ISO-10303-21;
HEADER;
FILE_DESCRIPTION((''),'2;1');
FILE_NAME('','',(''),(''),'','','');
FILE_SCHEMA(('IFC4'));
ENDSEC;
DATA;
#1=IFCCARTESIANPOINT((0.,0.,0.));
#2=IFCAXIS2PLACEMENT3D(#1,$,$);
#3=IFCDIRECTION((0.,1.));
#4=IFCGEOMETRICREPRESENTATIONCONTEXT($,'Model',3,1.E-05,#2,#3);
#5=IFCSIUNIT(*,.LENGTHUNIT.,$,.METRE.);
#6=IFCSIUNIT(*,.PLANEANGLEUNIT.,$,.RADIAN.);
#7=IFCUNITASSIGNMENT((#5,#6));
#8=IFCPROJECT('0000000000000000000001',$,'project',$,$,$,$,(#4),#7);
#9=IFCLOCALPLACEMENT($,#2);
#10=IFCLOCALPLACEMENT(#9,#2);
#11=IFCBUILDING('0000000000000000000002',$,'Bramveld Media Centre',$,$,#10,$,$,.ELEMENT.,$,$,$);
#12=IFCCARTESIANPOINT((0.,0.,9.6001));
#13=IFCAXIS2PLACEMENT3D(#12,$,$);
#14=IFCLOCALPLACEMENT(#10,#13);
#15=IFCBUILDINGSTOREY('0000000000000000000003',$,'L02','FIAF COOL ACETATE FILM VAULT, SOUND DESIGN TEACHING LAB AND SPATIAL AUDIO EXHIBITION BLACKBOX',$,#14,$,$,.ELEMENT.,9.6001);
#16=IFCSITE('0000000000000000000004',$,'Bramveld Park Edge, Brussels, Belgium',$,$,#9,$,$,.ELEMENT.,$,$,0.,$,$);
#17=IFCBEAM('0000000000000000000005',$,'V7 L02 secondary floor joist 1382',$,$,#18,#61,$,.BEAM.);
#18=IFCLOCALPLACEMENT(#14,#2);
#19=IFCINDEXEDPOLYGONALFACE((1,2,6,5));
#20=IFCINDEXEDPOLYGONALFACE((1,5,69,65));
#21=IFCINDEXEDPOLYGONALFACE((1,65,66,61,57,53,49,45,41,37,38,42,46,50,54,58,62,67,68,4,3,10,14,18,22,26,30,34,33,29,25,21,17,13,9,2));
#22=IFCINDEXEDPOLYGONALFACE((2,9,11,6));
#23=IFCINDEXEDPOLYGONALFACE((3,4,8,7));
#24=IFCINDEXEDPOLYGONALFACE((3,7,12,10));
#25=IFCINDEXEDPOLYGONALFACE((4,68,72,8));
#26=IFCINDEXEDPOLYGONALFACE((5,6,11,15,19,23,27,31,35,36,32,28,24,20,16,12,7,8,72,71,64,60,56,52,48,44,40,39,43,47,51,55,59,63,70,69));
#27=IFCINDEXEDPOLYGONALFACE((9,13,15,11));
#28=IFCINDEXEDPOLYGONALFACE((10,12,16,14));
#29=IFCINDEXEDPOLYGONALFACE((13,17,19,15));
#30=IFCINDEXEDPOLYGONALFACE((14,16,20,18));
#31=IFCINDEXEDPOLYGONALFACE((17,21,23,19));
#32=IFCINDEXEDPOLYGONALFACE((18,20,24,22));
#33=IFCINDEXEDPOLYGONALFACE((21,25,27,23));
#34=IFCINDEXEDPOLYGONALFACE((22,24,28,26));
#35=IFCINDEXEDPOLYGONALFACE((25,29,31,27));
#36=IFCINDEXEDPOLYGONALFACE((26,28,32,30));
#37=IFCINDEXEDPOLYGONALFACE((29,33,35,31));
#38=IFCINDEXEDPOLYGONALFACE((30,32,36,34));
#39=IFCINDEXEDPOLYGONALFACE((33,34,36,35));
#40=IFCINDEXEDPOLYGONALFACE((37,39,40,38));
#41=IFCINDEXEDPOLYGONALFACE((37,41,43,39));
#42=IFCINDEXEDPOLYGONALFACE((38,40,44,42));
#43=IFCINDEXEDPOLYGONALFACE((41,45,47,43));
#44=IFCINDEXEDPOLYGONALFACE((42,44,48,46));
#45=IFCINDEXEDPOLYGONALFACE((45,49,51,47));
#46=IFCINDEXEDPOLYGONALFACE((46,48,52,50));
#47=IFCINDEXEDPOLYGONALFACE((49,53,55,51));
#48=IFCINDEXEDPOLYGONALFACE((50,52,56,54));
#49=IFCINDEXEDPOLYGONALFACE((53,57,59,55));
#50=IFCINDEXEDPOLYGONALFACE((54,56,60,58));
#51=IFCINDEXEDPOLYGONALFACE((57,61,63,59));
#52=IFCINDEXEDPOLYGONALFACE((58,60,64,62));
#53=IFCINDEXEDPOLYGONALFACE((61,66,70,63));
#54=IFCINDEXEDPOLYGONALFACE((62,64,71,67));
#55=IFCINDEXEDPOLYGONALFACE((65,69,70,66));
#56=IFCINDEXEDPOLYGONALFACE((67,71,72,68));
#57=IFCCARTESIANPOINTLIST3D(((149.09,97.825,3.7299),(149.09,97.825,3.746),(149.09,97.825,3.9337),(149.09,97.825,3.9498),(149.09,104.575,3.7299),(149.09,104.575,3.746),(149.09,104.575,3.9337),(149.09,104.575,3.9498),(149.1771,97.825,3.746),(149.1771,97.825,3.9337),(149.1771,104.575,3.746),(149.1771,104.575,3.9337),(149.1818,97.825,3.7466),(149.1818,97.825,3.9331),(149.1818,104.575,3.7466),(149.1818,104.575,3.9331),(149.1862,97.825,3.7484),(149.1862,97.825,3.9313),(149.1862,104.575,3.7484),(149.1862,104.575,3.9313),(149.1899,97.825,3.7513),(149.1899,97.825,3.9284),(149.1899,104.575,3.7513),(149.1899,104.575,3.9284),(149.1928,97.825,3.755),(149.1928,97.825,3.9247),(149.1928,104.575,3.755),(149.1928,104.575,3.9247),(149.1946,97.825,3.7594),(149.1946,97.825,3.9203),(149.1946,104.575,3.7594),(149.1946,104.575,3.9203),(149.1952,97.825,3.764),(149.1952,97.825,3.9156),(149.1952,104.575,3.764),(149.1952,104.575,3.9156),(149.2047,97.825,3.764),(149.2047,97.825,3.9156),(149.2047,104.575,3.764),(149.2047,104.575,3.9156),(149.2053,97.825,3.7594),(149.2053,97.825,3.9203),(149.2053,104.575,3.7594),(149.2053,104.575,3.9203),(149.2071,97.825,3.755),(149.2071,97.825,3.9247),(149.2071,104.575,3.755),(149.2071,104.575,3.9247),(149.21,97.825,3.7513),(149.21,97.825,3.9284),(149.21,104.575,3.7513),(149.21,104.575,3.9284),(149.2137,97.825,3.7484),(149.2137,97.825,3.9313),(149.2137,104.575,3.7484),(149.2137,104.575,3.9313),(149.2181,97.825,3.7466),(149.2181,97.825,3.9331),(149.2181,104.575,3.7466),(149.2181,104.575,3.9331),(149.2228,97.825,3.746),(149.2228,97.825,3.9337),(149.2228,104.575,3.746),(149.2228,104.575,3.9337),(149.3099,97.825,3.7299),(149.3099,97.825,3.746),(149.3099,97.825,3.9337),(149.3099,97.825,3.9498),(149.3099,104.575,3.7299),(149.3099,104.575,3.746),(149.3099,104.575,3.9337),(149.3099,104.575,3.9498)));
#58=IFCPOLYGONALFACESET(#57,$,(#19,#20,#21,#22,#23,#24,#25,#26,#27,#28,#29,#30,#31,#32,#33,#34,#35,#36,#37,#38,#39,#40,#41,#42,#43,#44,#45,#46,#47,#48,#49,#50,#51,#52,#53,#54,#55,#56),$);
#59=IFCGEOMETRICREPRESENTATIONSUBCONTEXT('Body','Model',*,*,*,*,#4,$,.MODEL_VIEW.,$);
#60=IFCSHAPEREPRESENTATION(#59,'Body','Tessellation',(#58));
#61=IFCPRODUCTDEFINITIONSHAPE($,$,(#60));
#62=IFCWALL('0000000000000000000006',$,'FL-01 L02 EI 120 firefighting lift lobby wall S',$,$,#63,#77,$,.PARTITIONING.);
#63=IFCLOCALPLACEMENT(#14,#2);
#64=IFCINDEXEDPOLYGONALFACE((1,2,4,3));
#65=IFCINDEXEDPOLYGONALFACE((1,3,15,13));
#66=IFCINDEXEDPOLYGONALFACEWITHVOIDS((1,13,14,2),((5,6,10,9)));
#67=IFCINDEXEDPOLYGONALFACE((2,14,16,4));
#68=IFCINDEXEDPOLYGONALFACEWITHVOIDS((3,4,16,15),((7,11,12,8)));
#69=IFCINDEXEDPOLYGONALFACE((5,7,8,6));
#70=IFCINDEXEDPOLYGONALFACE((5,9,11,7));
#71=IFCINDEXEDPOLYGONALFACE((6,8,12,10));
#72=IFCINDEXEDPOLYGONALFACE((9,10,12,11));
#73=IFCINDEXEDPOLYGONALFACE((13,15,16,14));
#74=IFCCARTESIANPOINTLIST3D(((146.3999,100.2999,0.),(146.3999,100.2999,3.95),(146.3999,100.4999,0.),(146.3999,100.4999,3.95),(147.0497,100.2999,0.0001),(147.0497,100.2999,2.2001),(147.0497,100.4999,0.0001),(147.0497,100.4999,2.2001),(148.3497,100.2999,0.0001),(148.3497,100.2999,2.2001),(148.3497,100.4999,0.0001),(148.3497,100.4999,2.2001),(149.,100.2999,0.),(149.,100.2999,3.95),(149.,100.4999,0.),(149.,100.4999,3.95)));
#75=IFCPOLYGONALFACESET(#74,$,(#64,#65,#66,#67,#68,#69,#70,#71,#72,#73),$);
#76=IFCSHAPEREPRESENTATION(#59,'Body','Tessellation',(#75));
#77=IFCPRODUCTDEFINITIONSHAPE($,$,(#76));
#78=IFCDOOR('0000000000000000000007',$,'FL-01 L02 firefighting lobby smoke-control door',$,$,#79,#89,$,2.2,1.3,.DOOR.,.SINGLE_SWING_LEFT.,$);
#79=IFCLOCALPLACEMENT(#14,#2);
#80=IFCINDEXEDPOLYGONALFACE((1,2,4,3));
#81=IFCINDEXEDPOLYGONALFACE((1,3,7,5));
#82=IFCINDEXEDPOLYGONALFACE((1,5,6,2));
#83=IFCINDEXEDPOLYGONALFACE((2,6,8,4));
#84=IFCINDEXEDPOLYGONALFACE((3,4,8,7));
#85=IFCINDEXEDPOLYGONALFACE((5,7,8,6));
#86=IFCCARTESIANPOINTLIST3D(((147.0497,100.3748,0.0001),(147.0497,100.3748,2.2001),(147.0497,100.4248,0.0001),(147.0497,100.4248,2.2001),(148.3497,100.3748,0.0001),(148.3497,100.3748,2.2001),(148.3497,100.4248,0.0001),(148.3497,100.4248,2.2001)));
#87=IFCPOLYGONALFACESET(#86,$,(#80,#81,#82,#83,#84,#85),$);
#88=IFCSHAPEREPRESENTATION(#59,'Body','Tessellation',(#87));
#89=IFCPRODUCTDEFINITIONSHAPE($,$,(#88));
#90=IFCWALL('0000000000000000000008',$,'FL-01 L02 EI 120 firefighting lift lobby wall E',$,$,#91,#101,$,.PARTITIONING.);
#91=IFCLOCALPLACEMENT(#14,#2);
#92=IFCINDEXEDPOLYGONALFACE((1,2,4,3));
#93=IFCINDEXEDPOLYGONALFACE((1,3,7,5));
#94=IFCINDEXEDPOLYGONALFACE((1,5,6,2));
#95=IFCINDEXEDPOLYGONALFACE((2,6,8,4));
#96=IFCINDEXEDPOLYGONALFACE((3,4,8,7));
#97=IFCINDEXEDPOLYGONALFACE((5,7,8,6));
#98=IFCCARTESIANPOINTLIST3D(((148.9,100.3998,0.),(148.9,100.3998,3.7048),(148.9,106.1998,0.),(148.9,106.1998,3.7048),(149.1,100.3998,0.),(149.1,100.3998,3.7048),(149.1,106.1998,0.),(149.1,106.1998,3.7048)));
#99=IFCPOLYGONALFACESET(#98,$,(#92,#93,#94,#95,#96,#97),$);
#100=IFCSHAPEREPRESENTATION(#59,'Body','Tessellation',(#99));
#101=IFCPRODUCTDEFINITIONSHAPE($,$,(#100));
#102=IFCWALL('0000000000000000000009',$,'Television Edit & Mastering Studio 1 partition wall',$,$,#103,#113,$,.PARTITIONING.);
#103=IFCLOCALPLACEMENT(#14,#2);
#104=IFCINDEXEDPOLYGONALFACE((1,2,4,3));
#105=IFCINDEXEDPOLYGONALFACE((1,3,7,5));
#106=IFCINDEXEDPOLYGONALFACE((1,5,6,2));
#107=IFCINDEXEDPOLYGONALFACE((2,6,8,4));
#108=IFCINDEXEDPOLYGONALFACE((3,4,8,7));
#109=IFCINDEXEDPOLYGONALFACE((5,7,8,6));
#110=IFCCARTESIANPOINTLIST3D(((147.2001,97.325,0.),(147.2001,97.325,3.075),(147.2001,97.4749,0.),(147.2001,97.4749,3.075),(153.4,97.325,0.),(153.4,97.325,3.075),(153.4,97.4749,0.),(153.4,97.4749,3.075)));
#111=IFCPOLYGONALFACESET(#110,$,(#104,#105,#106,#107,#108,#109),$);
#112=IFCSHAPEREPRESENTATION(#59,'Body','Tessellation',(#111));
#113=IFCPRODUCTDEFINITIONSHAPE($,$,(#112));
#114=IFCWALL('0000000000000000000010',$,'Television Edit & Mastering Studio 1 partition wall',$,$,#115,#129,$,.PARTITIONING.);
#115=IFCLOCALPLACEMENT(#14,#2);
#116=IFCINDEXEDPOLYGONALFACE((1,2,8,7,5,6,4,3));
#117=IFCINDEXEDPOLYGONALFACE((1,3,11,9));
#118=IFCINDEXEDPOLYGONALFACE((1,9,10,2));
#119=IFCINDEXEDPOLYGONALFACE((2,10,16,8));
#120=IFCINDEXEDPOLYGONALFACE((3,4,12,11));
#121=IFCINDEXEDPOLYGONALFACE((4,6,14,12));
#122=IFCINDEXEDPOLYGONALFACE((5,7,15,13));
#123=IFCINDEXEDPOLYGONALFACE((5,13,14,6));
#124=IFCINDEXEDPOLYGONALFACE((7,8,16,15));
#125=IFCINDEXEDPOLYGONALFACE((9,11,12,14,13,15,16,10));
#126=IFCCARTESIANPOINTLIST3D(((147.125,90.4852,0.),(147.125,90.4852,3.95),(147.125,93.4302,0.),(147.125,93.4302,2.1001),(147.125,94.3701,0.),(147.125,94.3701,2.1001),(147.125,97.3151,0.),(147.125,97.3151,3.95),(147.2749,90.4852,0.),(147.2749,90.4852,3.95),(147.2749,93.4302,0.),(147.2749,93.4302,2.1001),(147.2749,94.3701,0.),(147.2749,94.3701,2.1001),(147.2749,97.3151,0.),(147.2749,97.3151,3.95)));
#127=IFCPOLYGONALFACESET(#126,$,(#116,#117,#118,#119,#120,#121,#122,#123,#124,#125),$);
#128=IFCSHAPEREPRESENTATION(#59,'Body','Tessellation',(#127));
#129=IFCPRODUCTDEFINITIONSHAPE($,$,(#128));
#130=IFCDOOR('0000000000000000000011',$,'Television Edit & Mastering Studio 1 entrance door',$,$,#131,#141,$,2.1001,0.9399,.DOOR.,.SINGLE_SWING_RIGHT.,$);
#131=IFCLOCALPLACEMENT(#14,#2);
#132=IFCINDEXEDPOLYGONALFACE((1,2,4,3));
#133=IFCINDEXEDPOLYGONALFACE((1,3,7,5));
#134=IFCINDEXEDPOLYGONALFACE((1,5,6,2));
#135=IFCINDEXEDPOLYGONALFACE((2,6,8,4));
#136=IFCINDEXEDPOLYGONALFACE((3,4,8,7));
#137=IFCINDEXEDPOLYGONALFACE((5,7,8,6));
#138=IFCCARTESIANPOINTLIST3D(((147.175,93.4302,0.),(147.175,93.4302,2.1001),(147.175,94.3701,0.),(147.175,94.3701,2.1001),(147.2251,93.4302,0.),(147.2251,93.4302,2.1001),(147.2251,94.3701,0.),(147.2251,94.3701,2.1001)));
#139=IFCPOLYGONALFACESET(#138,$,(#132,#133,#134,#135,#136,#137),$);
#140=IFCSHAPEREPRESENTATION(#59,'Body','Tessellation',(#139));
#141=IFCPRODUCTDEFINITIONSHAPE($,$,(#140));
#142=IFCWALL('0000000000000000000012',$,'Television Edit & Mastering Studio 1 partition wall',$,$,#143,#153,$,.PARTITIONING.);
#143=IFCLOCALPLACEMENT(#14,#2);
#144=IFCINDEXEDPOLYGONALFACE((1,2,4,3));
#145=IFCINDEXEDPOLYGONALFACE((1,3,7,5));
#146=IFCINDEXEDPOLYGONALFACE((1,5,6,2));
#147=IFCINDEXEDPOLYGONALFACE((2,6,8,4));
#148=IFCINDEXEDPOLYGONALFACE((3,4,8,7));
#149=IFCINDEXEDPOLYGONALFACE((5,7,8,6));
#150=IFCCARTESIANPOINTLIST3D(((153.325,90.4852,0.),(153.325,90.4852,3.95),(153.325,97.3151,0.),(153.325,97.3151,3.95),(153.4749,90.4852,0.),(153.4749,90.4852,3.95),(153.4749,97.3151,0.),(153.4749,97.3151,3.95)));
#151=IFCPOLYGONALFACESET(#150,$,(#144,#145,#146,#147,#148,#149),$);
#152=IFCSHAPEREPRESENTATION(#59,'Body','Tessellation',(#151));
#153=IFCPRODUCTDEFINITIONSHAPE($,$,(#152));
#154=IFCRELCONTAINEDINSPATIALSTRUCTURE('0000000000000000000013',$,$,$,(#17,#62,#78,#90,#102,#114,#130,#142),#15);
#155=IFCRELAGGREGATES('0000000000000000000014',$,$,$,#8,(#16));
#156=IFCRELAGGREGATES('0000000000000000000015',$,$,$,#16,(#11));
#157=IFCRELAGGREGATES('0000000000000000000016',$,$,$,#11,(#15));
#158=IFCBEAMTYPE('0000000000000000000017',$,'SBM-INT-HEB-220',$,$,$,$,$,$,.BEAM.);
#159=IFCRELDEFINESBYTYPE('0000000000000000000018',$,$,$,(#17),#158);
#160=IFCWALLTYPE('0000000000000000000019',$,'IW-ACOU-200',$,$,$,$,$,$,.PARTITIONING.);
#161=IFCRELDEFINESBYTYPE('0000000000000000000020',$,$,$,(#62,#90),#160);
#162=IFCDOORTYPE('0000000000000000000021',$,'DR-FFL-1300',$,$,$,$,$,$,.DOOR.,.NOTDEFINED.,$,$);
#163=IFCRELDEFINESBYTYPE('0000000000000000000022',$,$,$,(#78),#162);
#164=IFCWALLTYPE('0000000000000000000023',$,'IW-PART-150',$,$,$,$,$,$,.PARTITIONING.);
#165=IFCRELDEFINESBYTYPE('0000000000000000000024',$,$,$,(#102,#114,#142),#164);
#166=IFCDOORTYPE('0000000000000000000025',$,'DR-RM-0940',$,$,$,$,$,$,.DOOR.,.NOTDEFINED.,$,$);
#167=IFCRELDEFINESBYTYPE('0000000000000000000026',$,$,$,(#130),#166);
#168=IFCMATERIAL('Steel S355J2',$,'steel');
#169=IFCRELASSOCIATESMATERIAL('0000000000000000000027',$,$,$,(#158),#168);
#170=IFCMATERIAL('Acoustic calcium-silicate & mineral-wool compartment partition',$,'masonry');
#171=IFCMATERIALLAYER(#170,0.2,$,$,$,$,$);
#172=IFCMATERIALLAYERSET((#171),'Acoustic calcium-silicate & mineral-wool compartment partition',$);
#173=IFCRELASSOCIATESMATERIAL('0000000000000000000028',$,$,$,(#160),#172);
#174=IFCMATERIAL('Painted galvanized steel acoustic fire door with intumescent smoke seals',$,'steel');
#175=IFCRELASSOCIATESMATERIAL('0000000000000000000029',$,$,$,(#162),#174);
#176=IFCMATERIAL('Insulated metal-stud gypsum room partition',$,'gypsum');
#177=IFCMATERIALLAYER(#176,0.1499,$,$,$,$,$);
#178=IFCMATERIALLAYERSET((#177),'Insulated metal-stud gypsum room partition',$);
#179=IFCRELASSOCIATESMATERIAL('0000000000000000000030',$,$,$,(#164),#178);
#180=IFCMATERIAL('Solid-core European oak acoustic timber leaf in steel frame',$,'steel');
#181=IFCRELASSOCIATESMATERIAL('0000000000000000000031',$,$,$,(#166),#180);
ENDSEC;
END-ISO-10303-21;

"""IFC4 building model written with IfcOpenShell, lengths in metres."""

from ifc_helpers import new_model, si_unit, direction, frame, frame_2d, origin, origin_2d, place, context, subcontext, project, spatial, rectangle, i_section, extrude, material, layer, layer_set, material_profile, profile_set, type_object, element, fill, save


model = new_model("IFC4")

# Units and contexts
model_context = context("Model", 3, precision=1e-05, world=origin(), true_north=direction((0.0, 1.0)))
body_context = subcontext(model_context, "Body", "Model", "MODEL_VIEW")
ifc_project = project(units=[si_unit("LENGTHUNIT", "METRE"), si_unit("PLANEANGLEUNIT", "RADIAN")], contexts=[model_context])

# Site, building, storey
site_placement = place(None, origin())
site = spatial("IfcSite", under=ifc_project, at=site_placement, Name="Bramveld Park Edge, Brussels, Belgium", CompositionType="ELEMENT", RefElevation=0.0)
building_placement = place(site_placement, origin())
building = spatial("IfcBuilding", under=site, at=building_placement, Name="Bramveld Media Centre", CompositionType="ELEMENT")
storey_placement = place(building_placement, frame((0.0, 0.0, 9.6001)))
storey = spatial("IfcBuildingStorey", under=building, at=storey_placement, Name="L02", Description="FIAF COOL ACETATE FILM VAULT, SOUND DESIGN TEACHING LAB AND SPATIAL AUDIO EXHIBITION BLACKBOX", CompositionType="ELEMENT", Elevation=9.6001)

# Beam
ifc_material_1 = material(Name="Steel S355J2", Category="steel")
ifc_material_profile_1 = material_profile(ifc_material_1, i_section(OverallWidth=0.22, OverallDepth=0.22, WebThickness=0.0095, FlangeThickness=0.0161, FilletRadius=0.0181, at=origin_2d()), Name="HEB 220")
ifc_profile_set_1 = profile_set([ifc_material_profile_1], Name="Steel S355J2")
beam_type_1 = type_object("IfcBeamType", Name="SBM-INT-HEB-220", PredefinedType="BEAM", material=ifc_profile_set_1)
beam_1_placement = place(storey_placement, frame((149.2, 97.825, 3.8398), z_axis=(0.0, 1.0, 0.0), x_axis=(-1.0, 0.0, 0.0)))
element("IfcBeam", 1, at=beam_1_placement, inside=storey, type_object=beam_type_1, Name="V7 L02 secondary floor joist 1382", PredefinedType="BEAM", context=body_context, shape_type="SweptSolid", body=[
    extrude(i_section(OverallWidth=0.22, OverallDepth=0.22, WebThickness=0.0095, FlangeThickness=0.0161, FilletRadius=0.0181, at=origin_2d()), origin(), (0.0, 0.0, 1.0), 6.75),
])

# Wall, opening, door
ifc_material_2 = material(Name="Acoustic calcium-silicate & mineral-wool compartment partition", Category="masonry")
ifc_layer_1 = layer(ifc_material_2, 0.2)
ifc_layer_set_1 = layer_set([ifc_layer_1], Name="Acoustic calcium-silicate & mineral-wool compartment partition")
wall_type_1 = type_object("IfcWallType", Name="IW-ACOU-200", PredefinedType="PARTITIONING", material=ifc_layer_set_1)
wall_1_placement = place(storey_placement, frame((146.3999, 100.3999, 0.0), z_axis=(0.0, 0.0, 1.0), x_axis=(1.0, 0.0, 0.0)))
wall_1 = element("IfcWall", 2, at=wall_1_placement, inside=storey, type_object=wall_type_1, Name="FL-01 L02 EI 120 firefighting lift lobby wall S", PredefinedType="PARTITIONING", context=body_context, shape_type="SweptSolid", body=[
    extrude(rectangle(XDim=2.6001, YDim=0.2, at=frame_2d((1.3, 0.0))), origin(), (0.0, 0.0, 1.0), 3.95),
])
opening_1_placement = place(wall_1_placement, frame((0.6499, 0.0, 0.0)))
opening_1 = element("IfcOpeningElement", 3, at=opening_1_placement, cuts=wall_1, PredefinedType="OPENING", context=body_context, shape_type="SweptSolid", body=[
    extrude(rectangle(XDim=1.3, YDim=2.2, at=frame_2d((0.6499, 1.1001))), frame((0.0, 0.1118, 0.0), z_axis=(0.0, -1.0, 0.0), x_axis=(1.0, 0.0, 0.0)), (0.0, 0.0, 1.0), 0.2239),
])
ifc_material_3 = material(Name="Painted galvanized steel acoustic fire door with intumescent smoke seals", Category="steel")
door_type_1 = type_object("IfcDoorType", Name="DR-FFL-1300", OperationType="NOTDEFINED", PredefinedType="DOOR", material=ifc_material_3)
door_1_placement = place(opening_1_placement, origin())
door_1 = element("IfcDoor", 4, at=door_1_placement, inside=storey, type_object=door_type_1, Name="FL-01 L02 firefighting lobby smoke-control door", OperationType="SINGLE_SWING_LEFT", OverallHeight=2.2, OverallWidth=1.3, PredefinedType="DOOR", context=body_context, shape_type="SweptSolid", body=[
    extrude(rectangle(XDim=1.3, YDim=2.2, at=frame_2d((0.6499, 1.1001))), frame((0.0, 0.0249, 0.0), z_axis=(0.0, -1.0, 0.0), x_axis=(1.0, 0.0, 0.0)), (0.0, 0.0, 1.0), 0.05),
])
fill(opening_1, door_1)

# Walls
wall_2_placement = place(storey_placement, frame((149.0, 100.3999, 0.0), z_axis=(0.0, 0.0, 1.0), x_axis=(0.0, 1.0, 0.0)))
element("IfcWall", 5, at=wall_2_placement, inside=storey, type_object=wall_type_1, Name="FL-01 L02 EI 120 firefighting lift lobby wall E", PredefinedType="PARTITIONING", context=body_context, shape_type="SweptSolid", body=[
    extrude(rectangle(XDim=5.8, YDim=0.2, at=frame_2d((2.8999, 0.0))), origin(), (0.0, 0.0, 1.0), 3.7048),
])
ifc_material_4 = material(Name="Insulated metal-stud gypsum room partition", Category="gypsum")
ifc_layer_2 = layer(ifc_material_4, 0.1499)
ifc_layer_set_2 = layer_set([ifc_layer_2], Name="Insulated metal-stud gypsum room partition")
wall_type_2 = type_object("IfcWallType", Name="IW-PART-150", PredefinedType="PARTITIONING", material=ifc_layer_set_2)
wall_3_placement = place(storey_placement, frame((147.2, 97.3999, 0.0), z_axis=(0.0, 0.0, 1.0), x_axis=(1.0, 0.0, 0.0)))
element("IfcWall", 6, at=wall_3_placement, inside=storey, type_object=wall_type_2, Name="Television Edit & Mastering Studio 1 partition wall", PredefinedType="PARTITIONING", context=body_context, shape_type="SweptSolid", body=[
    extrude(rectangle(XDim=6.2, YDim=0.1499, at=frame_2d((3.1001, 0.0))), origin(), (0.0, 0.0, 1.0), 3.075),
])

# Wall, opening, door
wall_4_placement = place(storey_placement, frame((147.2, 90.4851, 0.0), z_axis=(0.0, 0.0, 1.0), x_axis=(0.0, 1.0, 0.0)))
wall_4 = element("IfcWall", 7, at=wall_4_placement, inside=storey, type_object=wall_type_2, Name="Television Edit & Mastering Studio 1 partition wall", PredefinedType="PARTITIONING", context=body_context, shape_type="SweptSolid", body=[
    extrude(rectangle(XDim=6.8298, YDim=0.1499, at=frame_2d((3.415, 0.0))), origin(), (0.0, 0.0, 1.0), 3.95),
])
opening_2_placement = place(wall_4_placement, frame((2.9451, 0.0, 0.0)))
opening_2 = element("IfcOpeningElement", 8, at=opening_2_placement, cuts=wall_4, PredefinedType="OPENING", context=body_context, shape_type="SweptSolid", body=[
    extrude(rectangle(XDim=0.9399, YDim=2.1001, at=frame_2d((0.47, 1.05))), frame((0.0, 0.0869, 0.0), z_axis=(0.0, -1.0, 0.0), x_axis=(1.0, 0.0, 0.0)), (0.0, 0.0, 1.0), 0.1738),
])
ifc_material_5 = material(Name="Solid-core European oak acoustic timber leaf in steel frame", Category="steel")
door_type_2 = type_object("IfcDoorType", Name="DR-RM-0940", OperationType="NOTDEFINED", PredefinedType="DOOR", material=ifc_material_5)
door_2_placement = place(opening_2_placement, origin())
door_2 = element("IfcDoor", 9, at=door_2_placement, inside=storey, type_object=door_type_2, Name="Television Edit & Mastering Studio 1 entrance door", OperationType="SINGLE_SWING_RIGHT", OverallHeight=2.1001, OverallWidth=0.9399, PredefinedType="DOOR", context=body_context, shape_type="SweptSolid", body=[
    extrude(rectangle(XDim=0.9399, YDim=2.1001, at=frame_2d((0.47, 1.05))), frame((0.0, 0.0249, 0.0), z_axis=(0.0, -1.0, 0.0), x_axis=(1.0, 0.0, 0.0)), (0.0, 0.0, 1.0), 0.05),
])
fill(opening_2, door_2)

# Wall
wall_5_placement = place(storey_placement, frame((153.3999, 90.4851, 0.0), z_axis=(0.0, 0.0, 1.0), x_axis=(0.0, 1.0, 0.0)))
element("IfcWall", 10, at=wall_5_placement, inside=storey, type_object=wall_type_2, Name="Television Edit & Mastering Studio 1 partition wall", PredefinedType="PARTITIONING", context=body_context, shape_type="SweptSolid", body=[
    extrude(rectangle(XDim=6.8298, YDim=0.1499, at=frame_2d((3.415, 0.0))), origin(), (0.0, 0.0, 1.0), 3.95),
])

save(model, "model.ifc")
